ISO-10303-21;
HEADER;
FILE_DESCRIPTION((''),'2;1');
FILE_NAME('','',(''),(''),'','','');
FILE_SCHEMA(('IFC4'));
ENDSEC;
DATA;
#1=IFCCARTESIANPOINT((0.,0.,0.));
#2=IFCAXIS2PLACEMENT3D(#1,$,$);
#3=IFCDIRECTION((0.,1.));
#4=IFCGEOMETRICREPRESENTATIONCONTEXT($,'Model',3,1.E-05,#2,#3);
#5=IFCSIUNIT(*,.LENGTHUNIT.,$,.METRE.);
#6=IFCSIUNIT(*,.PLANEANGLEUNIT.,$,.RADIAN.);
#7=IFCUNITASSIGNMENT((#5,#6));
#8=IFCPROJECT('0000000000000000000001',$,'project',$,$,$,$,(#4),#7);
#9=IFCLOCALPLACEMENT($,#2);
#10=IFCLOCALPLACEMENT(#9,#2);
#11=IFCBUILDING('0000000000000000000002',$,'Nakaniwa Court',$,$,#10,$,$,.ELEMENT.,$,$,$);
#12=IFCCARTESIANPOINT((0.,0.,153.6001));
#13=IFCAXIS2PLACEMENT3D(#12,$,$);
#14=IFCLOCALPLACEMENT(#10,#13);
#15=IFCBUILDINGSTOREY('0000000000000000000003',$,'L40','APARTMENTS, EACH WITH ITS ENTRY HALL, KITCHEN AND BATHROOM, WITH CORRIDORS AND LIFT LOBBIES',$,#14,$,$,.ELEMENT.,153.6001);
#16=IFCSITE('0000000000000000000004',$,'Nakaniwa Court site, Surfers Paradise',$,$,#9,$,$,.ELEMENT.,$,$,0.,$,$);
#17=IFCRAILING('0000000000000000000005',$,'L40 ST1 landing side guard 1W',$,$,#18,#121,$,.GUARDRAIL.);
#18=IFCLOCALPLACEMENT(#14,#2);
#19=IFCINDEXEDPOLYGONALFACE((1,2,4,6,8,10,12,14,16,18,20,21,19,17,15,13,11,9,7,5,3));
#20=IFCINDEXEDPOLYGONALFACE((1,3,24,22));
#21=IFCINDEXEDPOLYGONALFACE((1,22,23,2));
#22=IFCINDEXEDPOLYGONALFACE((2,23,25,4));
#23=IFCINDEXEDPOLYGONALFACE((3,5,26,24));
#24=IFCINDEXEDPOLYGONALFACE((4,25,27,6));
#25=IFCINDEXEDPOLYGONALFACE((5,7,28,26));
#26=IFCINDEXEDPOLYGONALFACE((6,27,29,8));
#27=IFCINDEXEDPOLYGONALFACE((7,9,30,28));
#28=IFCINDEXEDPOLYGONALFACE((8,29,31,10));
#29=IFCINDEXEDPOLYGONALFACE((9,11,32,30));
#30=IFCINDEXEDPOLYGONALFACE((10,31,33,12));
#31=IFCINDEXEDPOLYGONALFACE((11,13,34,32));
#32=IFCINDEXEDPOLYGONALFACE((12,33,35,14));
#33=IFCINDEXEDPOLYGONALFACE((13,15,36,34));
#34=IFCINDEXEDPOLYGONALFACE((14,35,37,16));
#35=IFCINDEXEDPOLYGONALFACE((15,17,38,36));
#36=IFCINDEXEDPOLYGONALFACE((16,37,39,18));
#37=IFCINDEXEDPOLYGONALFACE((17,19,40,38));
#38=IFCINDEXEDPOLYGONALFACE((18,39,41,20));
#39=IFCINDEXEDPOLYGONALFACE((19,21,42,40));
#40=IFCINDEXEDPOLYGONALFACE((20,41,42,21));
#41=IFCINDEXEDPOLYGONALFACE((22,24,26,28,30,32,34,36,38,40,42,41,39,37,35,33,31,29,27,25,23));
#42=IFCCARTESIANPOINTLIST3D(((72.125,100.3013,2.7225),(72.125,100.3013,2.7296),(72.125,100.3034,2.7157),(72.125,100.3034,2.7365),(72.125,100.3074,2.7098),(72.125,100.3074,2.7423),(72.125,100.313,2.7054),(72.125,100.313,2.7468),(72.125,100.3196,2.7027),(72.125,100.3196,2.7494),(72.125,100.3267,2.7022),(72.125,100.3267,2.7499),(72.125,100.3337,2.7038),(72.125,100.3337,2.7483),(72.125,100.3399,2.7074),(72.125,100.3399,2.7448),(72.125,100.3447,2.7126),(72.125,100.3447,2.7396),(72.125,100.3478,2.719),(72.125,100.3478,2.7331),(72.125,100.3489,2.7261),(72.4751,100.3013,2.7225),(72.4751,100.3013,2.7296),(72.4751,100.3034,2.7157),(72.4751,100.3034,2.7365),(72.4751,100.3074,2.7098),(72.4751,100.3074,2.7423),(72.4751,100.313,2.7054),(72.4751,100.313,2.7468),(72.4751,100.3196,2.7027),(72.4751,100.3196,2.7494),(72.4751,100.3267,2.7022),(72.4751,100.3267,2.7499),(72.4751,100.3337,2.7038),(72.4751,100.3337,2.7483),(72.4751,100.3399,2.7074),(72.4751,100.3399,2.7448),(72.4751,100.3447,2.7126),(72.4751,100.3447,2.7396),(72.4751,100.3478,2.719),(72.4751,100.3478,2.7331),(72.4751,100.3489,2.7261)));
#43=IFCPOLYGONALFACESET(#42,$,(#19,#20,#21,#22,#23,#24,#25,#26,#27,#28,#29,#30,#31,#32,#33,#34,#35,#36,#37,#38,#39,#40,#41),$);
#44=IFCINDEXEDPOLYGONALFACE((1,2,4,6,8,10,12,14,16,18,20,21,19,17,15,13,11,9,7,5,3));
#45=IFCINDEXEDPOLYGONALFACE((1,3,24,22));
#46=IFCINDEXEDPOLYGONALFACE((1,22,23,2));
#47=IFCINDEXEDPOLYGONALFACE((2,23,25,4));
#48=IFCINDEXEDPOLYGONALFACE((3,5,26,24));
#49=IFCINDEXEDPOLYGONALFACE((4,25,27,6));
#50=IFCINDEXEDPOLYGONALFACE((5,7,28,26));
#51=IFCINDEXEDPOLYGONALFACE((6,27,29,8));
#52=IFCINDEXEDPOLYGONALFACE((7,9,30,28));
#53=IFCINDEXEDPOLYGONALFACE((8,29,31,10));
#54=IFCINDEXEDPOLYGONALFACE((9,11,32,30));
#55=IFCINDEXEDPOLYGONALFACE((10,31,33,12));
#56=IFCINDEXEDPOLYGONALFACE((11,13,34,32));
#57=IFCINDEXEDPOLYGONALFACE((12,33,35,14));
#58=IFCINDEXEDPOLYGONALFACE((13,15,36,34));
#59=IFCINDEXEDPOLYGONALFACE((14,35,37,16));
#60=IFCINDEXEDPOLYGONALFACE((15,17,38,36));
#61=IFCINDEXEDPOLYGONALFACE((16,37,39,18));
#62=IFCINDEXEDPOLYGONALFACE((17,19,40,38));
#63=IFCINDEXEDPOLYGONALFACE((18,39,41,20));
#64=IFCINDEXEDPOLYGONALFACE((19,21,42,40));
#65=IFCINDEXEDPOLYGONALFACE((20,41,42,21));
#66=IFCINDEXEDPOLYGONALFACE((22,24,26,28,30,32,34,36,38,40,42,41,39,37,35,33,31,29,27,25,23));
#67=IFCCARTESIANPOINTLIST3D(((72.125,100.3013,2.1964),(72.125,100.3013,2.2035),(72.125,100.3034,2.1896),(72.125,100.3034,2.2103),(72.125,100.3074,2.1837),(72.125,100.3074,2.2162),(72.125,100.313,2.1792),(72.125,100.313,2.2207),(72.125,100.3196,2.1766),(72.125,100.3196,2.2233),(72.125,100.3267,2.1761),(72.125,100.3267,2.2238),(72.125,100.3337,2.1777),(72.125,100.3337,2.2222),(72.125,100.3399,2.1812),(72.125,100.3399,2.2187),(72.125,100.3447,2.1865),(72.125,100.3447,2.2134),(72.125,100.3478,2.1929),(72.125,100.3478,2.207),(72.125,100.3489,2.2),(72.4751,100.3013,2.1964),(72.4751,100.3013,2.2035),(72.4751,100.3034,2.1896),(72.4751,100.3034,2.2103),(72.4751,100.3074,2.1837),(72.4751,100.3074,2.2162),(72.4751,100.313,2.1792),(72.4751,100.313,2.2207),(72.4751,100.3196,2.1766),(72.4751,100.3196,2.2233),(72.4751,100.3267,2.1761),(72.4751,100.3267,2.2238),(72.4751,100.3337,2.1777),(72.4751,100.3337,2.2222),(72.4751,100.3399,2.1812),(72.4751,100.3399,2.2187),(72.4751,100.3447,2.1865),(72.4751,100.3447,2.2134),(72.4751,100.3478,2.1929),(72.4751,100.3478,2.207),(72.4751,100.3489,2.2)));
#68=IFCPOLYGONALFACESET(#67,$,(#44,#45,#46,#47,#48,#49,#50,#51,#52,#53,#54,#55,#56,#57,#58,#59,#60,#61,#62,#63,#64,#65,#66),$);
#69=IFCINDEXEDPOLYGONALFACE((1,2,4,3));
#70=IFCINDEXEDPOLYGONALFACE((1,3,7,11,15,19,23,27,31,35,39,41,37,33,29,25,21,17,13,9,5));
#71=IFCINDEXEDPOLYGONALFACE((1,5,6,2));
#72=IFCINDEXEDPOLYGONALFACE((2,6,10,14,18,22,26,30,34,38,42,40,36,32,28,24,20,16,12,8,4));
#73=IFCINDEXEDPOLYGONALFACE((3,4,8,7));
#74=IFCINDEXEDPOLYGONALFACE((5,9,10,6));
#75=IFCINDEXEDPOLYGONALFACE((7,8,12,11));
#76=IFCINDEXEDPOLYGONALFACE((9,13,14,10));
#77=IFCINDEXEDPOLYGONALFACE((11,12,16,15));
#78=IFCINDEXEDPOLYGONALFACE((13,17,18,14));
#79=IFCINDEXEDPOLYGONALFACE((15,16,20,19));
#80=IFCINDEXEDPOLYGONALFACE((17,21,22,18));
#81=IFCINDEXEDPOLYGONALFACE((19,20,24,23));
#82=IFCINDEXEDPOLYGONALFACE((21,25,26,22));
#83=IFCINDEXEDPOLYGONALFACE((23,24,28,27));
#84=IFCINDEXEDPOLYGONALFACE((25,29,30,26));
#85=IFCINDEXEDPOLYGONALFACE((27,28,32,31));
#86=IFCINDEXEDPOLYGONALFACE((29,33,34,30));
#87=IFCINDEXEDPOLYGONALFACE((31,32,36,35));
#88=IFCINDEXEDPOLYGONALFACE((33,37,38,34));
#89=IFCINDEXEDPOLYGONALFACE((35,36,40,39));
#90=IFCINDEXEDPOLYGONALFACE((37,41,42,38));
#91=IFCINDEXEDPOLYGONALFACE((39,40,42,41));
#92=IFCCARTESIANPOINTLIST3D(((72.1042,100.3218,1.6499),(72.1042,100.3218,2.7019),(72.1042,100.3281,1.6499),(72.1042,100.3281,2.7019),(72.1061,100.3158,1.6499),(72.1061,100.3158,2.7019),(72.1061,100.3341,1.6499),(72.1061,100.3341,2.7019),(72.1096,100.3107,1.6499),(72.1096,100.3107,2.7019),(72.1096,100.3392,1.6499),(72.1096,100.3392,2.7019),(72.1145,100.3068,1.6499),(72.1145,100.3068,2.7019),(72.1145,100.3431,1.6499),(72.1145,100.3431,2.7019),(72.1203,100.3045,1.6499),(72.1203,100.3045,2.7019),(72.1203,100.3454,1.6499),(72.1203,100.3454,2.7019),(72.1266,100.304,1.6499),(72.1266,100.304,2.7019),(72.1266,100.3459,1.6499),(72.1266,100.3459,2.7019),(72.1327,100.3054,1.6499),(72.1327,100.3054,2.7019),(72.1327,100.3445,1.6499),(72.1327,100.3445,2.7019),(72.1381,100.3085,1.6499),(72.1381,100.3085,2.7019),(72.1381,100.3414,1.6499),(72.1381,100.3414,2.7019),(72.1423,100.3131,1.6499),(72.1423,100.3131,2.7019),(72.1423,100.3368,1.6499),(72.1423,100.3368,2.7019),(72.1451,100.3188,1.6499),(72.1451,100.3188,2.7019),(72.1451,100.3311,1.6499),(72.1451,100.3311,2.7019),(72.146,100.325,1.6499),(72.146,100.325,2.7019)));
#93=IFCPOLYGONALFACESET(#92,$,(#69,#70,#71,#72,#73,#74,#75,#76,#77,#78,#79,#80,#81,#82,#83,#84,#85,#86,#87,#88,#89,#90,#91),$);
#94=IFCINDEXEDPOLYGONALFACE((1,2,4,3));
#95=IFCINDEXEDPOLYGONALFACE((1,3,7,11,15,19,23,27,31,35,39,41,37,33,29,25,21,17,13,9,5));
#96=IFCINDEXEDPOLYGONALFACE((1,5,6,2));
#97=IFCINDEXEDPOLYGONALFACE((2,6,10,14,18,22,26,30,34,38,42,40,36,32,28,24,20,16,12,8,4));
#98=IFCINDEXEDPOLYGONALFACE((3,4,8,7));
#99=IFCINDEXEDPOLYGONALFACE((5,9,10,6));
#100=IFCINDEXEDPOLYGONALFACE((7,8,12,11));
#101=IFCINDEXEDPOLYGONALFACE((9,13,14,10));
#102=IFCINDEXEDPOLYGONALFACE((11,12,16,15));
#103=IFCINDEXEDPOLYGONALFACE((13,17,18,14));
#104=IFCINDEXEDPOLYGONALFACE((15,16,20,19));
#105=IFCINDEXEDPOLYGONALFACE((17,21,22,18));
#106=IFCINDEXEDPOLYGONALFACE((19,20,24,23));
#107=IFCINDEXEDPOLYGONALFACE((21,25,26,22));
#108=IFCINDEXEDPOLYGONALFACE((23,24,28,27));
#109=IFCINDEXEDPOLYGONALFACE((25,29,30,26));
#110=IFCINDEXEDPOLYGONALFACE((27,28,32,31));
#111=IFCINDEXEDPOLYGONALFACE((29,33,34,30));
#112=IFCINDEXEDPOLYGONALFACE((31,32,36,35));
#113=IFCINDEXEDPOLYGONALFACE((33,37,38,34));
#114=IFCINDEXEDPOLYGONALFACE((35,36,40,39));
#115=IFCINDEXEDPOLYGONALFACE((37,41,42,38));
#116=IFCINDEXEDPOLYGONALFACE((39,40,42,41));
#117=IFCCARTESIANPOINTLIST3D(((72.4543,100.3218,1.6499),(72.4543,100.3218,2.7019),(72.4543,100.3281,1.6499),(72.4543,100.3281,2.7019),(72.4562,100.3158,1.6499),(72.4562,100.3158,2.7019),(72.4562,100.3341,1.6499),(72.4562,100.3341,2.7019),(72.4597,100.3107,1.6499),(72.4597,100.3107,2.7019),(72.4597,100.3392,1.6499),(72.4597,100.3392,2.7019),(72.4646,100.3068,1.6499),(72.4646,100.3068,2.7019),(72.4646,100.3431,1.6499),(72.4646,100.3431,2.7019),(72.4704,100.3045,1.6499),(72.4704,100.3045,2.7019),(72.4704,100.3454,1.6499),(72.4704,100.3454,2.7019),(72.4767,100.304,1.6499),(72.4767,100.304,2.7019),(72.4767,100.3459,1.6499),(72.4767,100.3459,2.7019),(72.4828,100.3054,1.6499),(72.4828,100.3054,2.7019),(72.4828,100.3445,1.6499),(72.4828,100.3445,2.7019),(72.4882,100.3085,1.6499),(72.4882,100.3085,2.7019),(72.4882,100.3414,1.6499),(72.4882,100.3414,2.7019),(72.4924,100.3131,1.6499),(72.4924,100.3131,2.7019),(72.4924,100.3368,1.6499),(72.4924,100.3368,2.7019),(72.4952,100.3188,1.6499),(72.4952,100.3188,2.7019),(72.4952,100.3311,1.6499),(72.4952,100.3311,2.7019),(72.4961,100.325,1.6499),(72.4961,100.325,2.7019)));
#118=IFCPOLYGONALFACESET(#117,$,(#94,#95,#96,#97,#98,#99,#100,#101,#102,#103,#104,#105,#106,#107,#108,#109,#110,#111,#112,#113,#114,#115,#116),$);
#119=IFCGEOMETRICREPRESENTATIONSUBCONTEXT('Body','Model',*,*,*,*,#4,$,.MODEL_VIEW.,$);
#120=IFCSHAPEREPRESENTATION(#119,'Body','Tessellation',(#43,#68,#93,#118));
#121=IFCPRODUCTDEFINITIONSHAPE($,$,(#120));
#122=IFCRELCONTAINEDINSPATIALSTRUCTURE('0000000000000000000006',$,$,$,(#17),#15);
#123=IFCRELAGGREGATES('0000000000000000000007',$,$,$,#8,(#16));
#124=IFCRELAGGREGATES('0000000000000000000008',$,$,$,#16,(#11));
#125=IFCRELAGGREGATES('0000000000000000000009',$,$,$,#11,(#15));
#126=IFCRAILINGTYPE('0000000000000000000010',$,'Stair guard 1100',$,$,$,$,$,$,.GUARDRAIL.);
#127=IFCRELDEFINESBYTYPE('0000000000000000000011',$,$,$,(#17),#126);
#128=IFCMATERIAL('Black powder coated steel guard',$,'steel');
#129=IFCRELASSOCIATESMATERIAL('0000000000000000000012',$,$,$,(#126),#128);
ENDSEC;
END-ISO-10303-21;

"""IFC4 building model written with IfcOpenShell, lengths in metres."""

from ifc_helpers import new_model, si_unit, direction, frame, origin, origin_2d, place, context, subcontext, project, spatial, circle, extrude, material, type_object, element, save


model = new_model("IFC4")

# Units and contexts
model_context = context("Model", 3, precision=1e-05, world=origin(), true_north=direction((0.0, 1.0)))
body_context = subcontext(model_context, "Body", "Model", "MODEL_VIEW")
ifc_project = project(units=[si_unit("LENGTHUNIT", "METRE"), si_unit("PLANEANGLEUNIT", "RADIAN")], contexts=[model_context])

# Site, building, storey
site_placement = place(None, origin())
site = spatial("IfcSite", under=ifc_project, at=site_placement, Name="Nakaniwa Court site, Surfers Paradise", CompositionType="ELEMENT", RefElevation=0.0)
building_placement = place(site_placement, origin())
building = spatial("IfcBuilding", under=site, at=building_placement, Name="Nakaniwa Court", CompositionType="ELEMENT")
storey_placement = place(building_placement, frame((0.0, 0.0, 153.6001)))
storey = spatial("IfcBuildingStorey", under=building, at=storey_placement, Name="L40", Description="APARTMENTS, EACH WITH ITS ENTRY HALL, KITCHEN AND BATHROOM, WITH CORRIDORS AND LIFT LOBBIES", CompositionType="ELEMENT", Elevation=153.6001)

# Railing
ifc_material_1 = material(Name="Black powder coated steel guard", Category="steel")
railing_type_1 = type_object("IfcRailingType", Name="Stair guard 1100", PredefinedType="GUARDRAIL", material=ifc_material_1)
for number, where, name in (
    (1, (72.125, 100.325, 1.6499), "L40 ST1 landing side guard 1W"),
):
    element("IfcRailing", number, at=place(storey_placement, frame(where)), inside=storey, type_object=railing_type_1, Name=name, PredefinedType="GUARDRAIL", context=body_context, shape_type="SweptSolid", body=[
        extrude(circle(Radius=0.0239, at=origin_2d()), frame((0.0, 0.0, 1.0762), z_axis=(1.0, 0.0, 0.0), x_axis=(0.0, 1.0, 0.0)), (0.0, 0.0, 1.0), 0.3501),
        extrude(circle(Radius=0.0239, at=origin_2d()), frame((0.0, 0.0, 0.55), z_axis=(1.0, 0.0, 0.0), x_axis=(0.0, 1.0, 0.0)), (0.0, 0.0, 1.0), 0.3501),
        extrude(circle(Radius=0.021, at=origin_2d()), origin(), (0.0, 0.0, 1.0), 1.052),
        extrude(circle(Radius=0.021, at=origin_2d()), frame((0.3501, 0.0, 0.0)), (0.0, 0.0, 1.0), 1.052),
    ])

save(model, "model.ifc")
